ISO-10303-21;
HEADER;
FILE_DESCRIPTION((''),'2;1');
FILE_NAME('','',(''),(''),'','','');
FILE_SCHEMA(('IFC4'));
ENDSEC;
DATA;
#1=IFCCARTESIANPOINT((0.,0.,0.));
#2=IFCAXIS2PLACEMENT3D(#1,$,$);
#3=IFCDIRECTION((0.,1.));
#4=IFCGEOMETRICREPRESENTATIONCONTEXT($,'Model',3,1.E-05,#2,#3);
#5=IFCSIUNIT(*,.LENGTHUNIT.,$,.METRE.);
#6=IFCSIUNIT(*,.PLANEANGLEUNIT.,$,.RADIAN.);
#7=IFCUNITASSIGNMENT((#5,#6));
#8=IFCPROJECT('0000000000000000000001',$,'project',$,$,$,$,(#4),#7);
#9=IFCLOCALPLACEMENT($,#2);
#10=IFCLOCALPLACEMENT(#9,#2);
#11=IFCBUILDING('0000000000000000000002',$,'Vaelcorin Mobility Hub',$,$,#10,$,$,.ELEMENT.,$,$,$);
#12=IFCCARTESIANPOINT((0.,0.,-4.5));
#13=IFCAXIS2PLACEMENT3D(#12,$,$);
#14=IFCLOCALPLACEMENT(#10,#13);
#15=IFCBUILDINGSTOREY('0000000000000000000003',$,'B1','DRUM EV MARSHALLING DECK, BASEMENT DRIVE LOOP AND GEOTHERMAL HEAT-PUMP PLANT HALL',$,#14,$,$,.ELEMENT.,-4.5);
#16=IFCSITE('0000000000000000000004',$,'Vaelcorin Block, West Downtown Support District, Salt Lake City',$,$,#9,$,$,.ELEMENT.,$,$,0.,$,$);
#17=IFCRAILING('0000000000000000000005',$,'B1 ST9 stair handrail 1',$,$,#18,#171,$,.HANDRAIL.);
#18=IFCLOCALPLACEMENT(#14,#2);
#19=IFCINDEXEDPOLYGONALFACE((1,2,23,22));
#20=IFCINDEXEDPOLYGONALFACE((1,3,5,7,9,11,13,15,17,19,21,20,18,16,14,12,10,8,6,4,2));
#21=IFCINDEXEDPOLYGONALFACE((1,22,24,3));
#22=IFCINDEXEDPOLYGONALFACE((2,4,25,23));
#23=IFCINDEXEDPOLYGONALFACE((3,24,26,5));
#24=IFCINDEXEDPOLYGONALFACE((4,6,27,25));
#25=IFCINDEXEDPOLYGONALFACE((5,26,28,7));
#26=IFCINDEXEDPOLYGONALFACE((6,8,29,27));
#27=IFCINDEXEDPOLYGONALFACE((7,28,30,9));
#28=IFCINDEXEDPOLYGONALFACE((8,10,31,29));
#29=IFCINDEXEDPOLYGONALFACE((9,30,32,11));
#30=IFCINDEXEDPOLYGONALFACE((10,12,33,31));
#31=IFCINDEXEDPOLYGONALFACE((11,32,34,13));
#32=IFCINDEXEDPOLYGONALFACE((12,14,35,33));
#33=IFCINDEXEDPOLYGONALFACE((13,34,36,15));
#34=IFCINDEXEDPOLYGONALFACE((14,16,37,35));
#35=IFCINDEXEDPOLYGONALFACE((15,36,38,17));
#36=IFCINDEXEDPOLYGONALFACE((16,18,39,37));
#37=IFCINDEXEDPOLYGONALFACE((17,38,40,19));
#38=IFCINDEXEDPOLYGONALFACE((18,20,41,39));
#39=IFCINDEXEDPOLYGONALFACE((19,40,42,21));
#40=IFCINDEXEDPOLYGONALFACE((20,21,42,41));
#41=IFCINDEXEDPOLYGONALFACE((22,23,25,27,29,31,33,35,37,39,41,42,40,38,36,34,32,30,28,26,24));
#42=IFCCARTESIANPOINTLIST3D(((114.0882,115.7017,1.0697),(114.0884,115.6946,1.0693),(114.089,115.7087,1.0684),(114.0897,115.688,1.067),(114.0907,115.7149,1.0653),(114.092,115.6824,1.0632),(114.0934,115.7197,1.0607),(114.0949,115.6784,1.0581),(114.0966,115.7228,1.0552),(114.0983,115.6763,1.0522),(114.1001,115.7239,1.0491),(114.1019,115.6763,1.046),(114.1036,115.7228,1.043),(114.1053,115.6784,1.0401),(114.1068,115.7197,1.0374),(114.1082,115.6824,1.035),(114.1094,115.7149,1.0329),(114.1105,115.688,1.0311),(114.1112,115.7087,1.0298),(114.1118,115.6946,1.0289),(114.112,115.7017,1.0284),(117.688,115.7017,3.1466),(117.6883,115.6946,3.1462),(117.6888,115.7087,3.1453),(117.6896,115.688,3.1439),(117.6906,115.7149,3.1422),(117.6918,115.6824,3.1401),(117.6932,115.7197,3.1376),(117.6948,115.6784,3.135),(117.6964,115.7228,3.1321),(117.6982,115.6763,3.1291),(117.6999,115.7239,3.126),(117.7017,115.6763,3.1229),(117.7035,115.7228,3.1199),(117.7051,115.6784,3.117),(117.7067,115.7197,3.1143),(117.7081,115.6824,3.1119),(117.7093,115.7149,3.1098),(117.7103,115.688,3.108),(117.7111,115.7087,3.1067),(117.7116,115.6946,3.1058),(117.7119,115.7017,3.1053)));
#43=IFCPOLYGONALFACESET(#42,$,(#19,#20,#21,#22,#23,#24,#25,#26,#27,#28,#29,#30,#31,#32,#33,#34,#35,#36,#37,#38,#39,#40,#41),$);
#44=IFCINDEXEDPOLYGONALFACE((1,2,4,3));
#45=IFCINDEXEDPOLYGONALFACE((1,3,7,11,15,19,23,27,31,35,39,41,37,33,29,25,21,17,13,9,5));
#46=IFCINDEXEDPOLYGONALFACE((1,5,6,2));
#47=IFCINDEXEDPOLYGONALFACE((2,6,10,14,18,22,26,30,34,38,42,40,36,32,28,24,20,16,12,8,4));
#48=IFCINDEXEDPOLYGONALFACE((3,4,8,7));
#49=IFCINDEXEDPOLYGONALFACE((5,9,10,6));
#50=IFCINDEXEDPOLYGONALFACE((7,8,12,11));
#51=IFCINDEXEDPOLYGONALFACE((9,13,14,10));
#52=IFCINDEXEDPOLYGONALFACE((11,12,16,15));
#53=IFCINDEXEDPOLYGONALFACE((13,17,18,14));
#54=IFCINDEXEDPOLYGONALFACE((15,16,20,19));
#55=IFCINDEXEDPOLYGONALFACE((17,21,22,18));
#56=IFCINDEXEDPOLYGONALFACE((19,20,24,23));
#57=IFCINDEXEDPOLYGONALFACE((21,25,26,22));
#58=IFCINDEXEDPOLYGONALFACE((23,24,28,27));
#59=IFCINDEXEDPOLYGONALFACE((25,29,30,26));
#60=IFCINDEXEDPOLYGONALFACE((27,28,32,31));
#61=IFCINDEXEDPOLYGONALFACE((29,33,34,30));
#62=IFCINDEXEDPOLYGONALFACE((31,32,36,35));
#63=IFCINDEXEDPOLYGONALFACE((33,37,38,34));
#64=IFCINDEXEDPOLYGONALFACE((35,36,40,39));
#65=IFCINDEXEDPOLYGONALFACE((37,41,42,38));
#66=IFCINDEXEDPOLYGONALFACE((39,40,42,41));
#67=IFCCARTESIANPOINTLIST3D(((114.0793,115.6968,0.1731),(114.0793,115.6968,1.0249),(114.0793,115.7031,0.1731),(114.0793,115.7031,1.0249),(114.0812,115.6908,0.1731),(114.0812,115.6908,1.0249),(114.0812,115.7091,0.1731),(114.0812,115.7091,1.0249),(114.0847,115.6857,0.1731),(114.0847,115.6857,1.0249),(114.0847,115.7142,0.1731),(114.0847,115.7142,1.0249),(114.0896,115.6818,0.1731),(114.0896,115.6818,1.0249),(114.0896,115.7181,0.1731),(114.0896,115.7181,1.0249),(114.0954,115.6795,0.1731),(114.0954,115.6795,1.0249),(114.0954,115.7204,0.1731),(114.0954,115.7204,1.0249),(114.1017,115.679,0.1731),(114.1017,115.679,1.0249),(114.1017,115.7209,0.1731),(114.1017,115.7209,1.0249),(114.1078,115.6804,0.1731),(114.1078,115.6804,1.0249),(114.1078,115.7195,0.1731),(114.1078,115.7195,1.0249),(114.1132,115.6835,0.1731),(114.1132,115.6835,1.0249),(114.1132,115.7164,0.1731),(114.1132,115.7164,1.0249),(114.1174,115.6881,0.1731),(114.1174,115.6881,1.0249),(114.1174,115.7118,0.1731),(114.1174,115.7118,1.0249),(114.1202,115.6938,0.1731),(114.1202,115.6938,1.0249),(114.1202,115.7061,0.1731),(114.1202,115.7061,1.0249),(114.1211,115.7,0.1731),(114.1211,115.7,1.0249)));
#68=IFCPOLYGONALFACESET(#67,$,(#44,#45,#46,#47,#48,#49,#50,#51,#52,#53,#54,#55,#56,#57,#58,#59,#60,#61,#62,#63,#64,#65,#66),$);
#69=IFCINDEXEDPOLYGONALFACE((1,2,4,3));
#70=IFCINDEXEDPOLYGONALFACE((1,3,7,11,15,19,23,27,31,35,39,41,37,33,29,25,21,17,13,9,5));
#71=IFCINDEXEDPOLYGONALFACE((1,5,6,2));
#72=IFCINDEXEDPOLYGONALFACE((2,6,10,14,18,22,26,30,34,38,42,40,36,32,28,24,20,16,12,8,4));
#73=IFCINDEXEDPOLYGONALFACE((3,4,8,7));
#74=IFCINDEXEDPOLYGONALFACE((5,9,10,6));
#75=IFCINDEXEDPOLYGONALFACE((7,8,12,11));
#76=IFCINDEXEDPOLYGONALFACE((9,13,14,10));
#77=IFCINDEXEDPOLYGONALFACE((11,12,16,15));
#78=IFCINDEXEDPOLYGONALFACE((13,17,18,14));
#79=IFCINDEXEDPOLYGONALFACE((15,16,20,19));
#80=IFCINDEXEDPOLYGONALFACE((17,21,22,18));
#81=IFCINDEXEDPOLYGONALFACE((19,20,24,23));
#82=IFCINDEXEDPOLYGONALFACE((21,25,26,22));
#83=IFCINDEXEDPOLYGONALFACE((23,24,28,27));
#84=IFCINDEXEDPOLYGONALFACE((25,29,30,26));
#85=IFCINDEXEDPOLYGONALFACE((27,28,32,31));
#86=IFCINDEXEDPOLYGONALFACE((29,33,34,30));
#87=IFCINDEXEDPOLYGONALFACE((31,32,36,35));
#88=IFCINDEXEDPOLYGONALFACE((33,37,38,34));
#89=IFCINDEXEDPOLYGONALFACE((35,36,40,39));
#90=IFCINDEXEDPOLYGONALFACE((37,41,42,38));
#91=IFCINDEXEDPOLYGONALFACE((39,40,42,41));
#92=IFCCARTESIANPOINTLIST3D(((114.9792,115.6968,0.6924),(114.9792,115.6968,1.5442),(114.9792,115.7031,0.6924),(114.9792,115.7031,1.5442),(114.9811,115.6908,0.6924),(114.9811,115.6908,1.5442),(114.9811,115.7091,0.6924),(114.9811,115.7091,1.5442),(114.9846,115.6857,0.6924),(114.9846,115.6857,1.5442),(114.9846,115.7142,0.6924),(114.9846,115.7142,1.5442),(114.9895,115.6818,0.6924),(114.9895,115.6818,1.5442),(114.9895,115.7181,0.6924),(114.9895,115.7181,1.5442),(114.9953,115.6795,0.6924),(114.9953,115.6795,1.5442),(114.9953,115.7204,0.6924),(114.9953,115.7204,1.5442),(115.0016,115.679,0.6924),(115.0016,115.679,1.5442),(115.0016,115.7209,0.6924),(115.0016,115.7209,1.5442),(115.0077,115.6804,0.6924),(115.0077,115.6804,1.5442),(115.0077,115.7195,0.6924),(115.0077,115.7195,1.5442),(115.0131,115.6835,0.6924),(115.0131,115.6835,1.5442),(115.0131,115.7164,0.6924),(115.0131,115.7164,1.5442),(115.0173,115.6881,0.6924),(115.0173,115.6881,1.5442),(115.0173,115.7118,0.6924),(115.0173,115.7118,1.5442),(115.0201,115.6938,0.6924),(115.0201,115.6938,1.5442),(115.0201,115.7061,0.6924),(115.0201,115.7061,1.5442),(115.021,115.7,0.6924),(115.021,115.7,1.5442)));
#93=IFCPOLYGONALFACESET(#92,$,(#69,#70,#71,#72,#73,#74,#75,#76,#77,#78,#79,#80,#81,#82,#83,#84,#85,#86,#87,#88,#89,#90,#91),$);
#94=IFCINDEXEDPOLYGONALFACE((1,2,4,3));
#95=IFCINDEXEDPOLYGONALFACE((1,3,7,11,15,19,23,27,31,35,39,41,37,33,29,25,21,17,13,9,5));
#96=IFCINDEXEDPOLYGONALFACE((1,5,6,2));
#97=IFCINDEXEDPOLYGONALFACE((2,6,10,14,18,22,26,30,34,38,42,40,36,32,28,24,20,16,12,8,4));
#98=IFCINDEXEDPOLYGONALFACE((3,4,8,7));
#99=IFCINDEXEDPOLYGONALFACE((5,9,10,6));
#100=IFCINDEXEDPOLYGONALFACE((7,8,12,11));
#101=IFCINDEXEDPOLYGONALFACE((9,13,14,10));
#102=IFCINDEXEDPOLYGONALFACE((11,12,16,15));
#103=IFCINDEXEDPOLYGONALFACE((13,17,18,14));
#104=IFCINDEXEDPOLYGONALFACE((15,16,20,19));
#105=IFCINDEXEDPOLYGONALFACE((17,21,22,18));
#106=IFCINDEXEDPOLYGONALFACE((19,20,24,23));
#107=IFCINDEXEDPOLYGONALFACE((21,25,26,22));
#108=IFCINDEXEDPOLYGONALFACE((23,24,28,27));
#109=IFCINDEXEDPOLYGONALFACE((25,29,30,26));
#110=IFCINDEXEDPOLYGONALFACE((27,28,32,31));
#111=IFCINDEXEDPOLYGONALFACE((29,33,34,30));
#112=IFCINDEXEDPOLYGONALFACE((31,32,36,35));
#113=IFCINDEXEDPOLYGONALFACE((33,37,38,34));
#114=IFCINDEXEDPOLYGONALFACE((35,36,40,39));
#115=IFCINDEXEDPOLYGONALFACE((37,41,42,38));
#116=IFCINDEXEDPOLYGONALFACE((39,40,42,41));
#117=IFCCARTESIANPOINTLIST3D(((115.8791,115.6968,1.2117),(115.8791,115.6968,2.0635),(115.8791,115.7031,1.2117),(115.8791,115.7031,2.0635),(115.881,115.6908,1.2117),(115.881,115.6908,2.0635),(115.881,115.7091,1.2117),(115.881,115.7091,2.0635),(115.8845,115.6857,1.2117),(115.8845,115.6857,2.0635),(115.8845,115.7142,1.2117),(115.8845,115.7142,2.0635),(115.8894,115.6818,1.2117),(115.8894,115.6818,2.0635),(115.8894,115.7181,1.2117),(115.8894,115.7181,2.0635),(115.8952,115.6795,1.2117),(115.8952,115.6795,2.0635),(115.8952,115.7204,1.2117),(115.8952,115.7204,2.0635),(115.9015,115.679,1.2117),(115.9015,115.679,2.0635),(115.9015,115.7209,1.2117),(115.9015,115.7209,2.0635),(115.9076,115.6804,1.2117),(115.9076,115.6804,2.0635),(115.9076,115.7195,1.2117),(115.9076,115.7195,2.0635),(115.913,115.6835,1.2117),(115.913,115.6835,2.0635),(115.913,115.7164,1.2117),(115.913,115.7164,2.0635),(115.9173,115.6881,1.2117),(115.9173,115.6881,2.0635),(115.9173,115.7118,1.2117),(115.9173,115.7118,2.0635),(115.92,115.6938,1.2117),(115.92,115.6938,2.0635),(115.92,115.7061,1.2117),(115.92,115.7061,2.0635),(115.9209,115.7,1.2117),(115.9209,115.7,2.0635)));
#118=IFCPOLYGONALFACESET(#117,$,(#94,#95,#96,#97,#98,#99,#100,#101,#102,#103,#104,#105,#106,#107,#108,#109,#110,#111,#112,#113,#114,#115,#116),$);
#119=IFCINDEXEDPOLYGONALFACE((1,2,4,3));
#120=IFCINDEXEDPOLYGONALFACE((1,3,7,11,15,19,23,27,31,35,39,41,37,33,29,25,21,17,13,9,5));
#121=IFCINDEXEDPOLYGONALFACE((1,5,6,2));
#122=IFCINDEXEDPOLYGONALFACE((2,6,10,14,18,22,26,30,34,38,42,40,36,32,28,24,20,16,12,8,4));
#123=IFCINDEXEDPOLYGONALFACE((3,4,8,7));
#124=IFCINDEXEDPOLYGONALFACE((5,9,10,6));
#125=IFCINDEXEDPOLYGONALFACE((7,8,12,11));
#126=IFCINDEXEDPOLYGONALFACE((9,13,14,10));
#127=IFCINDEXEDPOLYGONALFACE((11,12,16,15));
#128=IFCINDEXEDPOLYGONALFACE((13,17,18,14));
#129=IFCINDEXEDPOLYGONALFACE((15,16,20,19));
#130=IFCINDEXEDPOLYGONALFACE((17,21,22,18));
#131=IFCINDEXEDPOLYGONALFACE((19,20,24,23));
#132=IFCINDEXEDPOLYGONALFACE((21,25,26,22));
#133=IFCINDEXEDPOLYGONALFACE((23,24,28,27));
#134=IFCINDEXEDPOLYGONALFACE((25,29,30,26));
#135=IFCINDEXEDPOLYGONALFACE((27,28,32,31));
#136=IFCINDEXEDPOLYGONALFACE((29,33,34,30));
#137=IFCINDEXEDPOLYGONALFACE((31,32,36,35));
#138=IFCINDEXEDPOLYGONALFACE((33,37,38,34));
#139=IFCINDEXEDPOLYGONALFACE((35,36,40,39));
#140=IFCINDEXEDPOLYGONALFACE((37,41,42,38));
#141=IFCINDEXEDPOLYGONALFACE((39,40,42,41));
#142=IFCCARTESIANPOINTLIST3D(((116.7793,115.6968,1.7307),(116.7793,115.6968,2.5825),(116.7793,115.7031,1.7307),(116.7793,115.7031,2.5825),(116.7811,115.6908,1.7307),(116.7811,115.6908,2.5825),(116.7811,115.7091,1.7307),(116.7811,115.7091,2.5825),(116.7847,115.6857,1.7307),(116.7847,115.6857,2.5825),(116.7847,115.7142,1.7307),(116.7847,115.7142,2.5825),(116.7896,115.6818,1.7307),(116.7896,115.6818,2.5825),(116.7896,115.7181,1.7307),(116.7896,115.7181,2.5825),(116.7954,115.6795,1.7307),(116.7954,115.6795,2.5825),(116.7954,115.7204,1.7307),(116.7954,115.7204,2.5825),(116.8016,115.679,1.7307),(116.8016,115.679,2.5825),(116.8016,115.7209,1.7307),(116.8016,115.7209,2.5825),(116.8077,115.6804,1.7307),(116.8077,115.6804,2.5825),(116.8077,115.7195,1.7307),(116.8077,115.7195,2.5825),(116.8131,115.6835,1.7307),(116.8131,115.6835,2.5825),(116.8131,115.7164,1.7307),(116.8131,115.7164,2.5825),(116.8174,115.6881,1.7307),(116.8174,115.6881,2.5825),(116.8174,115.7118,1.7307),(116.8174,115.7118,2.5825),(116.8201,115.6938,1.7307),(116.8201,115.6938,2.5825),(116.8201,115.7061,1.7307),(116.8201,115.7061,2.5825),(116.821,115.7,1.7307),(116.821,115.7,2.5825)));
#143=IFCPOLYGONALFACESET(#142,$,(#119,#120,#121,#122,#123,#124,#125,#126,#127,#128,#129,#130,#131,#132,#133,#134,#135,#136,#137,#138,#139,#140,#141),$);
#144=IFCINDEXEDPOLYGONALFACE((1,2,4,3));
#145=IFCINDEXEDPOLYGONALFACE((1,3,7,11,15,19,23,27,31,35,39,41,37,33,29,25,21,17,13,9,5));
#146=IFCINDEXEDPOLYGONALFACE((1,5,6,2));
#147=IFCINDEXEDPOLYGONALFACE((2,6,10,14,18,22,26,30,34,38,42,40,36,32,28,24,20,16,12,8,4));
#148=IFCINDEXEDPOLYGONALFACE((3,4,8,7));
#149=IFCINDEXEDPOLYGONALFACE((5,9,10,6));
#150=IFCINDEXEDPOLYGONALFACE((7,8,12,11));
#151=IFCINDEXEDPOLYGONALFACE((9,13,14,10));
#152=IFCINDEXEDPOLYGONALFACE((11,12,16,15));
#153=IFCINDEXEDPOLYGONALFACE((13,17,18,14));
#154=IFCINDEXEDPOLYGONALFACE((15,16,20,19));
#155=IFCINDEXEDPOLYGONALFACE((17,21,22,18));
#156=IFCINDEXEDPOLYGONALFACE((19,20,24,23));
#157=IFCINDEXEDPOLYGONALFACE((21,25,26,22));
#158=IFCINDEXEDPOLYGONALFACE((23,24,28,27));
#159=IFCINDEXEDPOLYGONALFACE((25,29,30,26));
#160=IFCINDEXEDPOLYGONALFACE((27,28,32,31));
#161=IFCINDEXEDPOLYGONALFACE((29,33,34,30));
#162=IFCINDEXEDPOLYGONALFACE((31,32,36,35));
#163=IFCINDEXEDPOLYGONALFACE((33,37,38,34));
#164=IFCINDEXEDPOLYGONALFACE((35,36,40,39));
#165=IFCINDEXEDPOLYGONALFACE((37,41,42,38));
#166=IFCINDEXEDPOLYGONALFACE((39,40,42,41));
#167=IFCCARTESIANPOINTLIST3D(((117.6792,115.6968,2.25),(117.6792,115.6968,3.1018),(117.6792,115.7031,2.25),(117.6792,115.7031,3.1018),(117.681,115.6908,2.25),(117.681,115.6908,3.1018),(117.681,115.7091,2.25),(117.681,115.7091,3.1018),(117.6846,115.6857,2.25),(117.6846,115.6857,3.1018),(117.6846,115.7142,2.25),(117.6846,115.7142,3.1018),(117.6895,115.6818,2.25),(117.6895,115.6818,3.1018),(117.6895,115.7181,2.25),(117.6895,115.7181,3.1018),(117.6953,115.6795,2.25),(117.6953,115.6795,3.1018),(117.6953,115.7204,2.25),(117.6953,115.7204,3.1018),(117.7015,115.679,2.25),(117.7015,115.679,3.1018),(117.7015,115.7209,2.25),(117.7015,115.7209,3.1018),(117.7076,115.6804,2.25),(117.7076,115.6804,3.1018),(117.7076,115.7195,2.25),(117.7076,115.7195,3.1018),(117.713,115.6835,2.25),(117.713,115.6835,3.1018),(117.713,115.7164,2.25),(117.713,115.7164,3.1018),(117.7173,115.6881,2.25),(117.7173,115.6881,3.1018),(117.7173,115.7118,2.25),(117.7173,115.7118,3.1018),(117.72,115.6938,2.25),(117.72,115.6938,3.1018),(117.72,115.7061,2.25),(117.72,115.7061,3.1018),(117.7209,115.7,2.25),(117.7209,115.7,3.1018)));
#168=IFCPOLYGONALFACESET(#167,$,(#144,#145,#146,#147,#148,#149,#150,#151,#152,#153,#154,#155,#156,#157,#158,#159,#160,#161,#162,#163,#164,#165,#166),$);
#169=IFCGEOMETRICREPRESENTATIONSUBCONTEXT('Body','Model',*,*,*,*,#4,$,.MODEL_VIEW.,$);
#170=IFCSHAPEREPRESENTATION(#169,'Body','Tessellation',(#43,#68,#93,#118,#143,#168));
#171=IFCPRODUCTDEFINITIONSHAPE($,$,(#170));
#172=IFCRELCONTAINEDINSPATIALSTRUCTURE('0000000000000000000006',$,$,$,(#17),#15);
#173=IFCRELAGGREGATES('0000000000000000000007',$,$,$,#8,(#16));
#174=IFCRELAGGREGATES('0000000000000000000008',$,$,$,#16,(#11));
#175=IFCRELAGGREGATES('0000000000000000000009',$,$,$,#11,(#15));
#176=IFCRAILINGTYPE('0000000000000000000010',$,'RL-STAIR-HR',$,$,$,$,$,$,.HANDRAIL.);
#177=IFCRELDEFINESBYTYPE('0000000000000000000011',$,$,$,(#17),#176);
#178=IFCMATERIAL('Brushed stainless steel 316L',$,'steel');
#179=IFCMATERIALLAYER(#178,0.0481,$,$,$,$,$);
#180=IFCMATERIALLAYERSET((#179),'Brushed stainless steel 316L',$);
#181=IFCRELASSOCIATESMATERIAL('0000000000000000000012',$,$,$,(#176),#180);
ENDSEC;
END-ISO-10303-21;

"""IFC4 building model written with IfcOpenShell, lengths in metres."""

from ifc_helpers import new_model, si_unit, direction, frame, origin, origin_2d, place, context, subcontext, project, spatial, circle, extrude, material, layer, layer_set, type_object, element, save


model = new_model("IFC4")

# Units and contexts
model_context = context("Model", 3, precision=1e-05, world=origin(), true_north=direction((0.0, 1.0)))
body_context = subcontext(model_context, "Body", "Model", "MODEL_VIEW")
ifc_project = project(units=[si_unit("LENGTHUNIT", "METRE"), si_unit("PLANEANGLEUNIT", "RADIAN")], contexts=[model_context])

# Site, building, storey
site_placement = place(None, origin())
site = spatial("IfcSite", under=ifc_project, at=site_placement, Name="Vaelcorin Block, West Downtown Support District, Salt Lake City", CompositionType="ELEMENT", RefElevation=0.0)
building_placement = place(site_placement, origin())
building = spatial("IfcBuilding", under=site, at=building_placement, Name="Vaelcorin Mobility Hub", CompositionType="ELEMENT")
storey_placement = place(building_placement, frame((0.0, 0.0, -4.5)))
storey = spatial("IfcBuildingStorey", under=building, at=storey_placement, Name="B1", Description="DRUM EV MARSHALLING DECK, BASEMENT DRIVE LOOP AND GEOTHERMAL HEAT-PUMP PLANT HALL", CompositionType="ELEMENT", Elevation=-4.5)

# Railing
ifc_material_1 = material(Name="Brushed stainless steel 316L", Category="steel")
ifc_layer_1 = layer(ifc_material_1, 0.0481)
ifc_layer_set_1 = layer_set([ifc_layer_1], Name="Brushed stainless steel 316L")
railing_type = type_object("IfcRailingType", Name="RL-STAIR-HR", PredefinedType="HANDRAIL", material=ifc_layer_set_1)
for number, where, name in (
    (1, (114.1001, 115.7, 0.1731), "B1 ST9 stair handrail 1"),
):
    element("IfcRailing", number, at=place(storey_placement, frame(where)), inside=storey, type_object=railing_type, Name=name, PredefinedType="HANDRAIL", context=body_context, shape_type="SweptSolid", body=[
        extrude(circle(Radius=0.0239, at=origin_2d()), frame((0.0, 0.0, 0.876), z_axis=(0.866179, 0.0, 0.499734), x_axis=(0.0, 1.0, 0.0)), (0.0, 0.0, 1.0), 4.156),
        extrude(circle(Radius=0.021, at=origin_2d()), origin(), (0.0, 0.0, 1.0), 0.8518),
        extrude(circle(Radius=0.021, at=origin_2d()), frame((0.8999, 0.0, 0.5193)), (0.0, 0.0, 1.0), 0.8518),
        extrude(circle(Radius=0.021, at=origin_2d()), frame((1.7998, 0.0, 1.0386)), (0.0, 0.0, 1.0), 0.8518),
        extrude(circle(Radius=0.021, at=origin_2d()), frame((2.7, 0.0, 1.5576)), (0.0, 0.0, 1.0), 0.8518),
        extrude(circle(Radius=0.021, at=origin_2d()), frame((3.5999, 0.0, 2.0769)), (0.0, 0.0, 1.0), 0.8518),
    ])

save(model, "model.ifc")
